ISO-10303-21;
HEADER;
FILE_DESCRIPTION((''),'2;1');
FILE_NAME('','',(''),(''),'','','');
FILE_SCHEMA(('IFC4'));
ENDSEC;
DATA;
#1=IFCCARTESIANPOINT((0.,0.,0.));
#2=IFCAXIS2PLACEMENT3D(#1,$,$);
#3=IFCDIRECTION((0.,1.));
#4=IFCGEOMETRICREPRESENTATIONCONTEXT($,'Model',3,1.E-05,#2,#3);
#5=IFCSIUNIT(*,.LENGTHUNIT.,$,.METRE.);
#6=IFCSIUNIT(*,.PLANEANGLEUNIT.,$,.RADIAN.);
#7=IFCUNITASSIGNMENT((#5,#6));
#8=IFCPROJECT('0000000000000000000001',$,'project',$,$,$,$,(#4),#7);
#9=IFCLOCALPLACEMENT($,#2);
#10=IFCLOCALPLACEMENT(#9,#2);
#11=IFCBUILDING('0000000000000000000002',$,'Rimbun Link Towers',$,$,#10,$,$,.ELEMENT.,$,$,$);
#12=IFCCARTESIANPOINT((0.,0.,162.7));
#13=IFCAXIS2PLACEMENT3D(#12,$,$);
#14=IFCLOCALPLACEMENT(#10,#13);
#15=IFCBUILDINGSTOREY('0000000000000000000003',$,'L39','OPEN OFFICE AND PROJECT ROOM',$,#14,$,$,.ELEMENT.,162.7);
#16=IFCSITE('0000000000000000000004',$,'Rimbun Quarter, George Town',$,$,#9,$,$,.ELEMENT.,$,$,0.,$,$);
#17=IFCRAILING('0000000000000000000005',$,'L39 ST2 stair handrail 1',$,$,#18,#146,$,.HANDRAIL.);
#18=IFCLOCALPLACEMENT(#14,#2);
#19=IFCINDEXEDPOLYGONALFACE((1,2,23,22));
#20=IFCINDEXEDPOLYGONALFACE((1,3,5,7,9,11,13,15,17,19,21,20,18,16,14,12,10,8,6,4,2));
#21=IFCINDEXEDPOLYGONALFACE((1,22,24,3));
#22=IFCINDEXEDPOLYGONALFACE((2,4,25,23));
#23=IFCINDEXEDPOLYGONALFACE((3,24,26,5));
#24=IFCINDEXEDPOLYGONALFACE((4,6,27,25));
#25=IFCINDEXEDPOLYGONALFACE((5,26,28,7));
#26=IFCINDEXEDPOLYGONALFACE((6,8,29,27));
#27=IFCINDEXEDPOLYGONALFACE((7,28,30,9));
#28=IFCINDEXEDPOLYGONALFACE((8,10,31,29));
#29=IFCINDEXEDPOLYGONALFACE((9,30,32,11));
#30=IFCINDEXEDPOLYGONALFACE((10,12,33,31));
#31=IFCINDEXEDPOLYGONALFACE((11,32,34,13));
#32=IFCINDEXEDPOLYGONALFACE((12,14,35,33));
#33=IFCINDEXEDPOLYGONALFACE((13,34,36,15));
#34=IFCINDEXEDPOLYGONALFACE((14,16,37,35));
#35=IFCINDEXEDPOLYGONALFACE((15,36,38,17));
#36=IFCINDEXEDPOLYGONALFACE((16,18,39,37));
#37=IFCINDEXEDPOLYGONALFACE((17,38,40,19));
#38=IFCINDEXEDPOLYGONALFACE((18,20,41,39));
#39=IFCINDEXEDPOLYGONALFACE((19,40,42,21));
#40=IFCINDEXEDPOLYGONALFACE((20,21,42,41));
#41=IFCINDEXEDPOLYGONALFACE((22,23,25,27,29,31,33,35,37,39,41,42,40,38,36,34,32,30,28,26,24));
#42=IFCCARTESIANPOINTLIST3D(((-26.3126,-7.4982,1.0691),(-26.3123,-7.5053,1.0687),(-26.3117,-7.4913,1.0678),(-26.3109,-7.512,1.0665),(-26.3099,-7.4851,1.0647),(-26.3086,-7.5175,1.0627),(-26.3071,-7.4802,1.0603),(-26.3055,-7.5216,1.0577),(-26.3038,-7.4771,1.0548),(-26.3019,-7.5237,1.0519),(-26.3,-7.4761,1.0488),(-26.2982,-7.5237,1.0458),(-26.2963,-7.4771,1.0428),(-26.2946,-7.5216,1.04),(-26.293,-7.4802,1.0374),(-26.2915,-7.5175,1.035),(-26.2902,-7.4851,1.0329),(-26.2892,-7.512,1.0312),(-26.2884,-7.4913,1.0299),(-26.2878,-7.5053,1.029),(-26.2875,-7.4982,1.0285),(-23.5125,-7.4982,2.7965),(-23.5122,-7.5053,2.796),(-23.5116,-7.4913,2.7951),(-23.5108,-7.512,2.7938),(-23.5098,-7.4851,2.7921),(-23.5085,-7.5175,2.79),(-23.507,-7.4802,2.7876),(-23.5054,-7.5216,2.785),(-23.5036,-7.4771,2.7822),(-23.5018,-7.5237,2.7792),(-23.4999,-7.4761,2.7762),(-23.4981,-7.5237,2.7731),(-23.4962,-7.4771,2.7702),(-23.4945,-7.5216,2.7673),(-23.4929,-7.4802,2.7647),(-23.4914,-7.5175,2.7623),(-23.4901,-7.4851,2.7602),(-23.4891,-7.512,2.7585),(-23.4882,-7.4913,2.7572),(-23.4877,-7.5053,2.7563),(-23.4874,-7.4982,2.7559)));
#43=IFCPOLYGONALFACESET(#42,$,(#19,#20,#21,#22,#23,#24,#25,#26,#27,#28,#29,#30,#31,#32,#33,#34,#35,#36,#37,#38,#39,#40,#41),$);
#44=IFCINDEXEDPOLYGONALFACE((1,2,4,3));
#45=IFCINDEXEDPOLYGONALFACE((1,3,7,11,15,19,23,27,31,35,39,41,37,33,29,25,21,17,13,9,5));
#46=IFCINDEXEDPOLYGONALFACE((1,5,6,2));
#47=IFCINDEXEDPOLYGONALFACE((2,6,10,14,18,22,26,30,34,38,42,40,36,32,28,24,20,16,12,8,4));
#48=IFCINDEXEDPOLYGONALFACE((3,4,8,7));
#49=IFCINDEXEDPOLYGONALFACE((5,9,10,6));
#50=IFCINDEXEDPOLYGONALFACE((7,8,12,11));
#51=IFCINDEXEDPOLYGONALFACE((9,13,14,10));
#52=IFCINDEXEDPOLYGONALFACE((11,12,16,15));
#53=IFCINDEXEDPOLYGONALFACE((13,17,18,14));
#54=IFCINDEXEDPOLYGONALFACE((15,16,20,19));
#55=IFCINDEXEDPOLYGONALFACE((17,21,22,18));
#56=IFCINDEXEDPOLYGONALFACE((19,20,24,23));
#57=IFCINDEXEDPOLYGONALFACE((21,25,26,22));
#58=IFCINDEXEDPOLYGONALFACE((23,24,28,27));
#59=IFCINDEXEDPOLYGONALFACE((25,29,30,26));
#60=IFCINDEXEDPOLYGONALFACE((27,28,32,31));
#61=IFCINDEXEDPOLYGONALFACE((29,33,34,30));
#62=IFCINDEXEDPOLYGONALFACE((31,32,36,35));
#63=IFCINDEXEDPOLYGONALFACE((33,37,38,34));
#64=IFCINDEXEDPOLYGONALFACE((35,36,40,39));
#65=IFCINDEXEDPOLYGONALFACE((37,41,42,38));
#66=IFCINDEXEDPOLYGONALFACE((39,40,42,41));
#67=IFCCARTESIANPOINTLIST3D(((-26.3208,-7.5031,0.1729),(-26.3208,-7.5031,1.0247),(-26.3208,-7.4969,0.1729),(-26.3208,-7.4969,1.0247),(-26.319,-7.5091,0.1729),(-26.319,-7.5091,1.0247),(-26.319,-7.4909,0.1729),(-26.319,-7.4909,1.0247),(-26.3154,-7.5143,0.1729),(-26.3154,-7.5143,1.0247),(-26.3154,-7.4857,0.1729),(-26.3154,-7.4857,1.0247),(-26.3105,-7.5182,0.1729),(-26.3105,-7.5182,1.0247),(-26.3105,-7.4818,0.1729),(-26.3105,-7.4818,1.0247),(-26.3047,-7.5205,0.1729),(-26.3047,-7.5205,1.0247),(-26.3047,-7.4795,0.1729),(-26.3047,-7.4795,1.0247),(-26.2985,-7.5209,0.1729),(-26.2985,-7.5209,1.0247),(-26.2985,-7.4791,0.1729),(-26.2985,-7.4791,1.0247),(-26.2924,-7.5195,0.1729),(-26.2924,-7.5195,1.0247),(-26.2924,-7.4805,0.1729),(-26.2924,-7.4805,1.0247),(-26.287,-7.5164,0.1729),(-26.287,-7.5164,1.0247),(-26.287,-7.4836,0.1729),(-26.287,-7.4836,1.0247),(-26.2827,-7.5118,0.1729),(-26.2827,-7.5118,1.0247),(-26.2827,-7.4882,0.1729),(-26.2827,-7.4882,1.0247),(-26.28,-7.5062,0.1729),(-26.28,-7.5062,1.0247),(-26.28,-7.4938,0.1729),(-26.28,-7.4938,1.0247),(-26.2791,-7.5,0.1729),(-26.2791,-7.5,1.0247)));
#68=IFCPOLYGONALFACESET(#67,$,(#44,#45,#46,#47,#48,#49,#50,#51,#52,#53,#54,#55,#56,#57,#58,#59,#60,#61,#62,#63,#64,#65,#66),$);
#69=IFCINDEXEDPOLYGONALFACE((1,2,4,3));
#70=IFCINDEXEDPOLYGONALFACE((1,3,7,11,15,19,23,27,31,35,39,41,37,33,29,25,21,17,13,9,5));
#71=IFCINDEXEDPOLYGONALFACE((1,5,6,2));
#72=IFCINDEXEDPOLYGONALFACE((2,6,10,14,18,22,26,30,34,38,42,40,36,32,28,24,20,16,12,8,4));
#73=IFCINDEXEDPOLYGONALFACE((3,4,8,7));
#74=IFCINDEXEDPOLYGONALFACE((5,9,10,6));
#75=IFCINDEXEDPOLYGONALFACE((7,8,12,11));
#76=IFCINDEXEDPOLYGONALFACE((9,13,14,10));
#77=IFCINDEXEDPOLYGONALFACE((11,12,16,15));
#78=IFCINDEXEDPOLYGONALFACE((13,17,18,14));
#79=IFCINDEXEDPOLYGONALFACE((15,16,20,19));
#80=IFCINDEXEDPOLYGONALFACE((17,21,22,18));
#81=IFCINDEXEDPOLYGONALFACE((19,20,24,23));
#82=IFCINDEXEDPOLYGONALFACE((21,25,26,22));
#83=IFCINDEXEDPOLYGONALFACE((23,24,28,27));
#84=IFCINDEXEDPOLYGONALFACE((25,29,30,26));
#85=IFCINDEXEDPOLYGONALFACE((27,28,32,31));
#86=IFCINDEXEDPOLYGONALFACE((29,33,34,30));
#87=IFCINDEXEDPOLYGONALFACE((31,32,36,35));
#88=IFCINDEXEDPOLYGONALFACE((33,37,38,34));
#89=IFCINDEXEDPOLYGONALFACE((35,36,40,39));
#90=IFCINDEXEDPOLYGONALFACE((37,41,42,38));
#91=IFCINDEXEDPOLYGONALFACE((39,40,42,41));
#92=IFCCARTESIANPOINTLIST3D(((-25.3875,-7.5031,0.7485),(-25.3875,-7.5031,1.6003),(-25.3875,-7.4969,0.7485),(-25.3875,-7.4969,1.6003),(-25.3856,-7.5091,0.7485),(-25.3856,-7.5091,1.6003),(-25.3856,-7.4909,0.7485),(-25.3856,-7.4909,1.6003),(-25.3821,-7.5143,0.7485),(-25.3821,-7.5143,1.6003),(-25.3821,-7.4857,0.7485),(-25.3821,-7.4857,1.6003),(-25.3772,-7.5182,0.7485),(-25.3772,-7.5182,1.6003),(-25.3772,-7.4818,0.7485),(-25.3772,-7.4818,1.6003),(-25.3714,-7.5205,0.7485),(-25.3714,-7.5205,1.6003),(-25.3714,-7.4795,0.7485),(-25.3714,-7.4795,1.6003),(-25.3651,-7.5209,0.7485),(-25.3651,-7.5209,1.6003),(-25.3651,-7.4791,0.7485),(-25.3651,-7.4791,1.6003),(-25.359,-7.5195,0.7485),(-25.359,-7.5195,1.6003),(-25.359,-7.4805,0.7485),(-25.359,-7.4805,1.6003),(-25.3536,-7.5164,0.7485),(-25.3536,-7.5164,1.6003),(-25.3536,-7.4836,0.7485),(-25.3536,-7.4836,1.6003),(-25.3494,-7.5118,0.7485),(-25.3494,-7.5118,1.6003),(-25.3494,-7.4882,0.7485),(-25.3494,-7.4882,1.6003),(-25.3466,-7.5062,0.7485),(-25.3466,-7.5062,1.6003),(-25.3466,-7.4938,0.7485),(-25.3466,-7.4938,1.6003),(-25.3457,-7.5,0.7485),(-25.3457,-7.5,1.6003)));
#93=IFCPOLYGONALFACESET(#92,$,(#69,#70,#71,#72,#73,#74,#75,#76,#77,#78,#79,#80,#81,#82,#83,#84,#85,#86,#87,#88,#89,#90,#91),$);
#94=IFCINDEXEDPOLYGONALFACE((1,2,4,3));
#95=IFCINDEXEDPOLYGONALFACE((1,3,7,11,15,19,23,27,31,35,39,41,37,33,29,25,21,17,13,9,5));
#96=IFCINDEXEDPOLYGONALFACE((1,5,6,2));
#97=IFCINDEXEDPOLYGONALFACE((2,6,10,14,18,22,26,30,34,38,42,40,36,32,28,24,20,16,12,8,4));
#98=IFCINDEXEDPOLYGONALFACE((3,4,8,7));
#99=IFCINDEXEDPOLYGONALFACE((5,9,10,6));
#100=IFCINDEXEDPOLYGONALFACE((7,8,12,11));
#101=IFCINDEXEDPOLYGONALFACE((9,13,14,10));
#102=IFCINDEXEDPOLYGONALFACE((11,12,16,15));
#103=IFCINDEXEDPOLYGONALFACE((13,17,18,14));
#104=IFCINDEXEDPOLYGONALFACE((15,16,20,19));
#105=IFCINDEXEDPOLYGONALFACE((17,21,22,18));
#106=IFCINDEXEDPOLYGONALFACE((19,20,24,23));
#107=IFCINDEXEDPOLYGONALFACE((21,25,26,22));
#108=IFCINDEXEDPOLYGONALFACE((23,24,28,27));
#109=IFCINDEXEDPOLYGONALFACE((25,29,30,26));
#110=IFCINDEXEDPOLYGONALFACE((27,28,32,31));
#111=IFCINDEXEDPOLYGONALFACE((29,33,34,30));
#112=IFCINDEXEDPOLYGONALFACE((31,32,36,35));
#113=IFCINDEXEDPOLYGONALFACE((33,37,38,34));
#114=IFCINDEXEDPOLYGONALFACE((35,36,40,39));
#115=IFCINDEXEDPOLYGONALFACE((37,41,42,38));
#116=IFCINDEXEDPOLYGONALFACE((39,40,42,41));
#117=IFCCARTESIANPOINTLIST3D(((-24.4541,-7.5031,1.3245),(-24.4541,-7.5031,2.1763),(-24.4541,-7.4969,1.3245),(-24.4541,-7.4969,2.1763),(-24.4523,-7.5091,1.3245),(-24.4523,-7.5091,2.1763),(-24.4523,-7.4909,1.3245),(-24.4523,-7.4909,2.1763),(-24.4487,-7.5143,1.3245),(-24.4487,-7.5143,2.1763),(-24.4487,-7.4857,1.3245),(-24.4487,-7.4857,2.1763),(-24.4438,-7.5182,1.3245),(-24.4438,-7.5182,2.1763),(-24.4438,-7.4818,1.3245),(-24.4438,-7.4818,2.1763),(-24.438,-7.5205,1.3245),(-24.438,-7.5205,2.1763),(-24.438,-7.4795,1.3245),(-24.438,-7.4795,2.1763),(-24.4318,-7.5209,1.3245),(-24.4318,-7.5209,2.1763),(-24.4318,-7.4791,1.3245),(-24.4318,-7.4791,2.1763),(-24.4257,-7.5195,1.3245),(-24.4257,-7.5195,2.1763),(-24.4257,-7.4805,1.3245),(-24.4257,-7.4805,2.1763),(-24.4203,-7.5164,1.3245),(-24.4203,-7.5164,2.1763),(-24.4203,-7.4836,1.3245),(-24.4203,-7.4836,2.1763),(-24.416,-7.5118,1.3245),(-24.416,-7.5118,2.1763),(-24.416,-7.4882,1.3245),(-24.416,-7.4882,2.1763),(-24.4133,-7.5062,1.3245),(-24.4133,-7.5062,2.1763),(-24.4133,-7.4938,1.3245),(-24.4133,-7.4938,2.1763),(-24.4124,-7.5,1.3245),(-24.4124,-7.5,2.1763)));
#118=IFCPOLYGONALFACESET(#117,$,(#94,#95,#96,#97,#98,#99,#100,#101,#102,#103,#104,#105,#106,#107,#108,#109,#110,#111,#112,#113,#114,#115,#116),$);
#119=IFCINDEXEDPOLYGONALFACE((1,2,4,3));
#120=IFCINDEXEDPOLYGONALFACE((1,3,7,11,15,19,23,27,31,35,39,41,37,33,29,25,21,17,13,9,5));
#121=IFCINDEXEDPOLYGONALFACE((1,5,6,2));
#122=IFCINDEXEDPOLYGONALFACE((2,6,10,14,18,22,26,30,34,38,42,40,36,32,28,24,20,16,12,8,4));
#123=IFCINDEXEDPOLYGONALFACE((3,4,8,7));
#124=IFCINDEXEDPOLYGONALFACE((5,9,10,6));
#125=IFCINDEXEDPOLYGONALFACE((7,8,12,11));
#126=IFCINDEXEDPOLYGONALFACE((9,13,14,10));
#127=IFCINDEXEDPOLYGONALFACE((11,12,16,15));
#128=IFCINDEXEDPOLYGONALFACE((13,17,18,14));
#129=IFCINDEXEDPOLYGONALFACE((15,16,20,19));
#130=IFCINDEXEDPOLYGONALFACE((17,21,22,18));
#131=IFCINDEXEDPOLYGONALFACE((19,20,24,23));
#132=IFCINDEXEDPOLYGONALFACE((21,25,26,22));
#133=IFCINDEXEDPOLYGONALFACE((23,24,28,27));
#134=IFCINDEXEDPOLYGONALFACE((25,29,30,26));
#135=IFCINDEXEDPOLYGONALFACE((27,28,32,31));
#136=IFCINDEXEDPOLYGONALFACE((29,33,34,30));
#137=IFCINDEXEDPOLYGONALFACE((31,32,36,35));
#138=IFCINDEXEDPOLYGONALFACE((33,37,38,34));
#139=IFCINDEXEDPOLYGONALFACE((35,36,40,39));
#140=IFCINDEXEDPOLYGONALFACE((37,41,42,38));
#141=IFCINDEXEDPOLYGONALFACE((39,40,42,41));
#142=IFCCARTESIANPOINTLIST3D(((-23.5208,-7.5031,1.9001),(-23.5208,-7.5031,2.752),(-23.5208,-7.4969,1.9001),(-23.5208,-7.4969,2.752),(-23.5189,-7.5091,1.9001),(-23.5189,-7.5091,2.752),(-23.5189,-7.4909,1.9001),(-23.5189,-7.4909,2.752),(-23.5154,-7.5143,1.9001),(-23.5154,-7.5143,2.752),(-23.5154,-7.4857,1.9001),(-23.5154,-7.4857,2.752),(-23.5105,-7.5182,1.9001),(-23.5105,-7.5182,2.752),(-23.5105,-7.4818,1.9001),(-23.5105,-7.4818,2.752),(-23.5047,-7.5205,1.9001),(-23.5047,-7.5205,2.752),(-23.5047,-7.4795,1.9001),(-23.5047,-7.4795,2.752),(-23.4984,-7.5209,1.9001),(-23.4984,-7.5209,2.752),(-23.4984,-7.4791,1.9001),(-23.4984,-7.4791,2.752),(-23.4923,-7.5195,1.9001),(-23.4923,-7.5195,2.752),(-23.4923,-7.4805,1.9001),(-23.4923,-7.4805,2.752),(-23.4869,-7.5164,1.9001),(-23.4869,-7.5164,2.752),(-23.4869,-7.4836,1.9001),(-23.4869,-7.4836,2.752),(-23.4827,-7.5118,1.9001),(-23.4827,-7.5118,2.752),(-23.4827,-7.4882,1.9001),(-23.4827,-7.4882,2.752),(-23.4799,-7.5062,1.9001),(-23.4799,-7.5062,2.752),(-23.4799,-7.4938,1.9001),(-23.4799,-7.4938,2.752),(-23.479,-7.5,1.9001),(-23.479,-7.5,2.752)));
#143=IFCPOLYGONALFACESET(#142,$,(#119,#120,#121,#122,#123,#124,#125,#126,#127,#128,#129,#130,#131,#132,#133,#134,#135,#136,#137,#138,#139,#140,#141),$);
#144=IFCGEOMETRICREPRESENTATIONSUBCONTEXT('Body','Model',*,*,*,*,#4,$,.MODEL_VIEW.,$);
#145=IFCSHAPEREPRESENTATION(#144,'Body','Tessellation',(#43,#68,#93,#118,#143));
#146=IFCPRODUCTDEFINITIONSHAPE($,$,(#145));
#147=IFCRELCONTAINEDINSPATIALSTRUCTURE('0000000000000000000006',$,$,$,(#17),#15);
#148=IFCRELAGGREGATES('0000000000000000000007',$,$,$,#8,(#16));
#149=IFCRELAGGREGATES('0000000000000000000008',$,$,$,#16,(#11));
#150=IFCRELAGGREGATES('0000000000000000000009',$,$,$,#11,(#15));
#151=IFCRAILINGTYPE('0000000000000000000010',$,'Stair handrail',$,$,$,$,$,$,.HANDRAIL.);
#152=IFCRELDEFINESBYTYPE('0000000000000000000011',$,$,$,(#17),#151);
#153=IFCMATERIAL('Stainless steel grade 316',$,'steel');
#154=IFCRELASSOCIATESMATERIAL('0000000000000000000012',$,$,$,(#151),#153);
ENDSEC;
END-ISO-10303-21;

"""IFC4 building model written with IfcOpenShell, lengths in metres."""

from ifc_helpers import new_model, si_unit, direction, frame, origin, origin_2d, place, context, subcontext, project, spatial, circle, extrude, material, type_object, element, save


model = new_model("IFC4")

# Units and contexts
model_context = context("Model", 3, precision=1e-05, world=origin(), true_north=direction((0.0, 1.0)))
body_context = subcontext(model_context, "Body", "Model", "MODEL_VIEW")
ifc_project = project(units=[si_unit("LENGTHUNIT", "METRE"), si_unit("PLANEANGLEUNIT", "RADIAN")], contexts=[model_context])

# Site, building, storey
site_placement = place(None, origin())
site = spatial("IfcSite", under=ifc_project, at=site_placement, Name="Rimbun Quarter, George Town", CompositionType="ELEMENT", RefElevation=0.0)
building_placement = place(site_placement, origin())
building = spatial("IfcBuilding", under=site, at=building_placement, Name="Rimbun Link Towers", CompositionType="ELEMENT")
storey_placement = place(building_placement, frame((0.0, 0.0, 162.7)))
storey = spatial("IfcBuildingStorey", under=building, at=storey_placement, Name="L39", Description="OPEN OFFICE AND PROJECT ROOM", CompositionType="ELEMENT", Elevation=162.7)

# Railing
ifc_material_1 = material(Name="Stainless steel grade 316", Category="steel")
railing_type_1 = type_object("IfcRailingType", Name="Stair handrail", PredefinedType="HANDRAIL", material=ifc_material_1)
railing_1_placement = place(storey_placement, frame((-26.3, -7.5, 0.1729)))
element("IfcRailing", 1, at=railing_1_placement, inside=storey, type_object=railing_type_1, Name="L39 ST2 stair handrail 1", PredefinedType="HANDRAIL", context=body_context, shape_type="SweptSolid", body=[
    extrude(circle(Radius=0.0239, at=origin_2d()), frame((0.0, 0.0, 0.876), z_axis=(0.85109, 0.0, 0.52502), x_axis=(0.0, 1.0, 0.0)), (0.0, 0.0, 1.0), 3.29),
    extrude(circle(Radius=0.021, at=origin_2d()), origin(), (0.0, 0.0, 1.0), 0.8518),
    extrude(circle(Radius=0.021, at=origin_2d()), frame((0.9333, 0.0, 0.5757)), (0.0, 0.0, 1.0), 0.8518),
    extrude(circle(Radius=0.021, at=origin_2d()), frame((1.8667, 0.0, 1.1516)), (0.0, 0.0, 1.0), 0.8518),
    extrude(circle(Radius=0.021, at=origin_2d()), frame((2.8, 0.0, 1.7273)), (0.0, 0.0, 1.0), 0.8518),
])

save(model, "model.ifc")
